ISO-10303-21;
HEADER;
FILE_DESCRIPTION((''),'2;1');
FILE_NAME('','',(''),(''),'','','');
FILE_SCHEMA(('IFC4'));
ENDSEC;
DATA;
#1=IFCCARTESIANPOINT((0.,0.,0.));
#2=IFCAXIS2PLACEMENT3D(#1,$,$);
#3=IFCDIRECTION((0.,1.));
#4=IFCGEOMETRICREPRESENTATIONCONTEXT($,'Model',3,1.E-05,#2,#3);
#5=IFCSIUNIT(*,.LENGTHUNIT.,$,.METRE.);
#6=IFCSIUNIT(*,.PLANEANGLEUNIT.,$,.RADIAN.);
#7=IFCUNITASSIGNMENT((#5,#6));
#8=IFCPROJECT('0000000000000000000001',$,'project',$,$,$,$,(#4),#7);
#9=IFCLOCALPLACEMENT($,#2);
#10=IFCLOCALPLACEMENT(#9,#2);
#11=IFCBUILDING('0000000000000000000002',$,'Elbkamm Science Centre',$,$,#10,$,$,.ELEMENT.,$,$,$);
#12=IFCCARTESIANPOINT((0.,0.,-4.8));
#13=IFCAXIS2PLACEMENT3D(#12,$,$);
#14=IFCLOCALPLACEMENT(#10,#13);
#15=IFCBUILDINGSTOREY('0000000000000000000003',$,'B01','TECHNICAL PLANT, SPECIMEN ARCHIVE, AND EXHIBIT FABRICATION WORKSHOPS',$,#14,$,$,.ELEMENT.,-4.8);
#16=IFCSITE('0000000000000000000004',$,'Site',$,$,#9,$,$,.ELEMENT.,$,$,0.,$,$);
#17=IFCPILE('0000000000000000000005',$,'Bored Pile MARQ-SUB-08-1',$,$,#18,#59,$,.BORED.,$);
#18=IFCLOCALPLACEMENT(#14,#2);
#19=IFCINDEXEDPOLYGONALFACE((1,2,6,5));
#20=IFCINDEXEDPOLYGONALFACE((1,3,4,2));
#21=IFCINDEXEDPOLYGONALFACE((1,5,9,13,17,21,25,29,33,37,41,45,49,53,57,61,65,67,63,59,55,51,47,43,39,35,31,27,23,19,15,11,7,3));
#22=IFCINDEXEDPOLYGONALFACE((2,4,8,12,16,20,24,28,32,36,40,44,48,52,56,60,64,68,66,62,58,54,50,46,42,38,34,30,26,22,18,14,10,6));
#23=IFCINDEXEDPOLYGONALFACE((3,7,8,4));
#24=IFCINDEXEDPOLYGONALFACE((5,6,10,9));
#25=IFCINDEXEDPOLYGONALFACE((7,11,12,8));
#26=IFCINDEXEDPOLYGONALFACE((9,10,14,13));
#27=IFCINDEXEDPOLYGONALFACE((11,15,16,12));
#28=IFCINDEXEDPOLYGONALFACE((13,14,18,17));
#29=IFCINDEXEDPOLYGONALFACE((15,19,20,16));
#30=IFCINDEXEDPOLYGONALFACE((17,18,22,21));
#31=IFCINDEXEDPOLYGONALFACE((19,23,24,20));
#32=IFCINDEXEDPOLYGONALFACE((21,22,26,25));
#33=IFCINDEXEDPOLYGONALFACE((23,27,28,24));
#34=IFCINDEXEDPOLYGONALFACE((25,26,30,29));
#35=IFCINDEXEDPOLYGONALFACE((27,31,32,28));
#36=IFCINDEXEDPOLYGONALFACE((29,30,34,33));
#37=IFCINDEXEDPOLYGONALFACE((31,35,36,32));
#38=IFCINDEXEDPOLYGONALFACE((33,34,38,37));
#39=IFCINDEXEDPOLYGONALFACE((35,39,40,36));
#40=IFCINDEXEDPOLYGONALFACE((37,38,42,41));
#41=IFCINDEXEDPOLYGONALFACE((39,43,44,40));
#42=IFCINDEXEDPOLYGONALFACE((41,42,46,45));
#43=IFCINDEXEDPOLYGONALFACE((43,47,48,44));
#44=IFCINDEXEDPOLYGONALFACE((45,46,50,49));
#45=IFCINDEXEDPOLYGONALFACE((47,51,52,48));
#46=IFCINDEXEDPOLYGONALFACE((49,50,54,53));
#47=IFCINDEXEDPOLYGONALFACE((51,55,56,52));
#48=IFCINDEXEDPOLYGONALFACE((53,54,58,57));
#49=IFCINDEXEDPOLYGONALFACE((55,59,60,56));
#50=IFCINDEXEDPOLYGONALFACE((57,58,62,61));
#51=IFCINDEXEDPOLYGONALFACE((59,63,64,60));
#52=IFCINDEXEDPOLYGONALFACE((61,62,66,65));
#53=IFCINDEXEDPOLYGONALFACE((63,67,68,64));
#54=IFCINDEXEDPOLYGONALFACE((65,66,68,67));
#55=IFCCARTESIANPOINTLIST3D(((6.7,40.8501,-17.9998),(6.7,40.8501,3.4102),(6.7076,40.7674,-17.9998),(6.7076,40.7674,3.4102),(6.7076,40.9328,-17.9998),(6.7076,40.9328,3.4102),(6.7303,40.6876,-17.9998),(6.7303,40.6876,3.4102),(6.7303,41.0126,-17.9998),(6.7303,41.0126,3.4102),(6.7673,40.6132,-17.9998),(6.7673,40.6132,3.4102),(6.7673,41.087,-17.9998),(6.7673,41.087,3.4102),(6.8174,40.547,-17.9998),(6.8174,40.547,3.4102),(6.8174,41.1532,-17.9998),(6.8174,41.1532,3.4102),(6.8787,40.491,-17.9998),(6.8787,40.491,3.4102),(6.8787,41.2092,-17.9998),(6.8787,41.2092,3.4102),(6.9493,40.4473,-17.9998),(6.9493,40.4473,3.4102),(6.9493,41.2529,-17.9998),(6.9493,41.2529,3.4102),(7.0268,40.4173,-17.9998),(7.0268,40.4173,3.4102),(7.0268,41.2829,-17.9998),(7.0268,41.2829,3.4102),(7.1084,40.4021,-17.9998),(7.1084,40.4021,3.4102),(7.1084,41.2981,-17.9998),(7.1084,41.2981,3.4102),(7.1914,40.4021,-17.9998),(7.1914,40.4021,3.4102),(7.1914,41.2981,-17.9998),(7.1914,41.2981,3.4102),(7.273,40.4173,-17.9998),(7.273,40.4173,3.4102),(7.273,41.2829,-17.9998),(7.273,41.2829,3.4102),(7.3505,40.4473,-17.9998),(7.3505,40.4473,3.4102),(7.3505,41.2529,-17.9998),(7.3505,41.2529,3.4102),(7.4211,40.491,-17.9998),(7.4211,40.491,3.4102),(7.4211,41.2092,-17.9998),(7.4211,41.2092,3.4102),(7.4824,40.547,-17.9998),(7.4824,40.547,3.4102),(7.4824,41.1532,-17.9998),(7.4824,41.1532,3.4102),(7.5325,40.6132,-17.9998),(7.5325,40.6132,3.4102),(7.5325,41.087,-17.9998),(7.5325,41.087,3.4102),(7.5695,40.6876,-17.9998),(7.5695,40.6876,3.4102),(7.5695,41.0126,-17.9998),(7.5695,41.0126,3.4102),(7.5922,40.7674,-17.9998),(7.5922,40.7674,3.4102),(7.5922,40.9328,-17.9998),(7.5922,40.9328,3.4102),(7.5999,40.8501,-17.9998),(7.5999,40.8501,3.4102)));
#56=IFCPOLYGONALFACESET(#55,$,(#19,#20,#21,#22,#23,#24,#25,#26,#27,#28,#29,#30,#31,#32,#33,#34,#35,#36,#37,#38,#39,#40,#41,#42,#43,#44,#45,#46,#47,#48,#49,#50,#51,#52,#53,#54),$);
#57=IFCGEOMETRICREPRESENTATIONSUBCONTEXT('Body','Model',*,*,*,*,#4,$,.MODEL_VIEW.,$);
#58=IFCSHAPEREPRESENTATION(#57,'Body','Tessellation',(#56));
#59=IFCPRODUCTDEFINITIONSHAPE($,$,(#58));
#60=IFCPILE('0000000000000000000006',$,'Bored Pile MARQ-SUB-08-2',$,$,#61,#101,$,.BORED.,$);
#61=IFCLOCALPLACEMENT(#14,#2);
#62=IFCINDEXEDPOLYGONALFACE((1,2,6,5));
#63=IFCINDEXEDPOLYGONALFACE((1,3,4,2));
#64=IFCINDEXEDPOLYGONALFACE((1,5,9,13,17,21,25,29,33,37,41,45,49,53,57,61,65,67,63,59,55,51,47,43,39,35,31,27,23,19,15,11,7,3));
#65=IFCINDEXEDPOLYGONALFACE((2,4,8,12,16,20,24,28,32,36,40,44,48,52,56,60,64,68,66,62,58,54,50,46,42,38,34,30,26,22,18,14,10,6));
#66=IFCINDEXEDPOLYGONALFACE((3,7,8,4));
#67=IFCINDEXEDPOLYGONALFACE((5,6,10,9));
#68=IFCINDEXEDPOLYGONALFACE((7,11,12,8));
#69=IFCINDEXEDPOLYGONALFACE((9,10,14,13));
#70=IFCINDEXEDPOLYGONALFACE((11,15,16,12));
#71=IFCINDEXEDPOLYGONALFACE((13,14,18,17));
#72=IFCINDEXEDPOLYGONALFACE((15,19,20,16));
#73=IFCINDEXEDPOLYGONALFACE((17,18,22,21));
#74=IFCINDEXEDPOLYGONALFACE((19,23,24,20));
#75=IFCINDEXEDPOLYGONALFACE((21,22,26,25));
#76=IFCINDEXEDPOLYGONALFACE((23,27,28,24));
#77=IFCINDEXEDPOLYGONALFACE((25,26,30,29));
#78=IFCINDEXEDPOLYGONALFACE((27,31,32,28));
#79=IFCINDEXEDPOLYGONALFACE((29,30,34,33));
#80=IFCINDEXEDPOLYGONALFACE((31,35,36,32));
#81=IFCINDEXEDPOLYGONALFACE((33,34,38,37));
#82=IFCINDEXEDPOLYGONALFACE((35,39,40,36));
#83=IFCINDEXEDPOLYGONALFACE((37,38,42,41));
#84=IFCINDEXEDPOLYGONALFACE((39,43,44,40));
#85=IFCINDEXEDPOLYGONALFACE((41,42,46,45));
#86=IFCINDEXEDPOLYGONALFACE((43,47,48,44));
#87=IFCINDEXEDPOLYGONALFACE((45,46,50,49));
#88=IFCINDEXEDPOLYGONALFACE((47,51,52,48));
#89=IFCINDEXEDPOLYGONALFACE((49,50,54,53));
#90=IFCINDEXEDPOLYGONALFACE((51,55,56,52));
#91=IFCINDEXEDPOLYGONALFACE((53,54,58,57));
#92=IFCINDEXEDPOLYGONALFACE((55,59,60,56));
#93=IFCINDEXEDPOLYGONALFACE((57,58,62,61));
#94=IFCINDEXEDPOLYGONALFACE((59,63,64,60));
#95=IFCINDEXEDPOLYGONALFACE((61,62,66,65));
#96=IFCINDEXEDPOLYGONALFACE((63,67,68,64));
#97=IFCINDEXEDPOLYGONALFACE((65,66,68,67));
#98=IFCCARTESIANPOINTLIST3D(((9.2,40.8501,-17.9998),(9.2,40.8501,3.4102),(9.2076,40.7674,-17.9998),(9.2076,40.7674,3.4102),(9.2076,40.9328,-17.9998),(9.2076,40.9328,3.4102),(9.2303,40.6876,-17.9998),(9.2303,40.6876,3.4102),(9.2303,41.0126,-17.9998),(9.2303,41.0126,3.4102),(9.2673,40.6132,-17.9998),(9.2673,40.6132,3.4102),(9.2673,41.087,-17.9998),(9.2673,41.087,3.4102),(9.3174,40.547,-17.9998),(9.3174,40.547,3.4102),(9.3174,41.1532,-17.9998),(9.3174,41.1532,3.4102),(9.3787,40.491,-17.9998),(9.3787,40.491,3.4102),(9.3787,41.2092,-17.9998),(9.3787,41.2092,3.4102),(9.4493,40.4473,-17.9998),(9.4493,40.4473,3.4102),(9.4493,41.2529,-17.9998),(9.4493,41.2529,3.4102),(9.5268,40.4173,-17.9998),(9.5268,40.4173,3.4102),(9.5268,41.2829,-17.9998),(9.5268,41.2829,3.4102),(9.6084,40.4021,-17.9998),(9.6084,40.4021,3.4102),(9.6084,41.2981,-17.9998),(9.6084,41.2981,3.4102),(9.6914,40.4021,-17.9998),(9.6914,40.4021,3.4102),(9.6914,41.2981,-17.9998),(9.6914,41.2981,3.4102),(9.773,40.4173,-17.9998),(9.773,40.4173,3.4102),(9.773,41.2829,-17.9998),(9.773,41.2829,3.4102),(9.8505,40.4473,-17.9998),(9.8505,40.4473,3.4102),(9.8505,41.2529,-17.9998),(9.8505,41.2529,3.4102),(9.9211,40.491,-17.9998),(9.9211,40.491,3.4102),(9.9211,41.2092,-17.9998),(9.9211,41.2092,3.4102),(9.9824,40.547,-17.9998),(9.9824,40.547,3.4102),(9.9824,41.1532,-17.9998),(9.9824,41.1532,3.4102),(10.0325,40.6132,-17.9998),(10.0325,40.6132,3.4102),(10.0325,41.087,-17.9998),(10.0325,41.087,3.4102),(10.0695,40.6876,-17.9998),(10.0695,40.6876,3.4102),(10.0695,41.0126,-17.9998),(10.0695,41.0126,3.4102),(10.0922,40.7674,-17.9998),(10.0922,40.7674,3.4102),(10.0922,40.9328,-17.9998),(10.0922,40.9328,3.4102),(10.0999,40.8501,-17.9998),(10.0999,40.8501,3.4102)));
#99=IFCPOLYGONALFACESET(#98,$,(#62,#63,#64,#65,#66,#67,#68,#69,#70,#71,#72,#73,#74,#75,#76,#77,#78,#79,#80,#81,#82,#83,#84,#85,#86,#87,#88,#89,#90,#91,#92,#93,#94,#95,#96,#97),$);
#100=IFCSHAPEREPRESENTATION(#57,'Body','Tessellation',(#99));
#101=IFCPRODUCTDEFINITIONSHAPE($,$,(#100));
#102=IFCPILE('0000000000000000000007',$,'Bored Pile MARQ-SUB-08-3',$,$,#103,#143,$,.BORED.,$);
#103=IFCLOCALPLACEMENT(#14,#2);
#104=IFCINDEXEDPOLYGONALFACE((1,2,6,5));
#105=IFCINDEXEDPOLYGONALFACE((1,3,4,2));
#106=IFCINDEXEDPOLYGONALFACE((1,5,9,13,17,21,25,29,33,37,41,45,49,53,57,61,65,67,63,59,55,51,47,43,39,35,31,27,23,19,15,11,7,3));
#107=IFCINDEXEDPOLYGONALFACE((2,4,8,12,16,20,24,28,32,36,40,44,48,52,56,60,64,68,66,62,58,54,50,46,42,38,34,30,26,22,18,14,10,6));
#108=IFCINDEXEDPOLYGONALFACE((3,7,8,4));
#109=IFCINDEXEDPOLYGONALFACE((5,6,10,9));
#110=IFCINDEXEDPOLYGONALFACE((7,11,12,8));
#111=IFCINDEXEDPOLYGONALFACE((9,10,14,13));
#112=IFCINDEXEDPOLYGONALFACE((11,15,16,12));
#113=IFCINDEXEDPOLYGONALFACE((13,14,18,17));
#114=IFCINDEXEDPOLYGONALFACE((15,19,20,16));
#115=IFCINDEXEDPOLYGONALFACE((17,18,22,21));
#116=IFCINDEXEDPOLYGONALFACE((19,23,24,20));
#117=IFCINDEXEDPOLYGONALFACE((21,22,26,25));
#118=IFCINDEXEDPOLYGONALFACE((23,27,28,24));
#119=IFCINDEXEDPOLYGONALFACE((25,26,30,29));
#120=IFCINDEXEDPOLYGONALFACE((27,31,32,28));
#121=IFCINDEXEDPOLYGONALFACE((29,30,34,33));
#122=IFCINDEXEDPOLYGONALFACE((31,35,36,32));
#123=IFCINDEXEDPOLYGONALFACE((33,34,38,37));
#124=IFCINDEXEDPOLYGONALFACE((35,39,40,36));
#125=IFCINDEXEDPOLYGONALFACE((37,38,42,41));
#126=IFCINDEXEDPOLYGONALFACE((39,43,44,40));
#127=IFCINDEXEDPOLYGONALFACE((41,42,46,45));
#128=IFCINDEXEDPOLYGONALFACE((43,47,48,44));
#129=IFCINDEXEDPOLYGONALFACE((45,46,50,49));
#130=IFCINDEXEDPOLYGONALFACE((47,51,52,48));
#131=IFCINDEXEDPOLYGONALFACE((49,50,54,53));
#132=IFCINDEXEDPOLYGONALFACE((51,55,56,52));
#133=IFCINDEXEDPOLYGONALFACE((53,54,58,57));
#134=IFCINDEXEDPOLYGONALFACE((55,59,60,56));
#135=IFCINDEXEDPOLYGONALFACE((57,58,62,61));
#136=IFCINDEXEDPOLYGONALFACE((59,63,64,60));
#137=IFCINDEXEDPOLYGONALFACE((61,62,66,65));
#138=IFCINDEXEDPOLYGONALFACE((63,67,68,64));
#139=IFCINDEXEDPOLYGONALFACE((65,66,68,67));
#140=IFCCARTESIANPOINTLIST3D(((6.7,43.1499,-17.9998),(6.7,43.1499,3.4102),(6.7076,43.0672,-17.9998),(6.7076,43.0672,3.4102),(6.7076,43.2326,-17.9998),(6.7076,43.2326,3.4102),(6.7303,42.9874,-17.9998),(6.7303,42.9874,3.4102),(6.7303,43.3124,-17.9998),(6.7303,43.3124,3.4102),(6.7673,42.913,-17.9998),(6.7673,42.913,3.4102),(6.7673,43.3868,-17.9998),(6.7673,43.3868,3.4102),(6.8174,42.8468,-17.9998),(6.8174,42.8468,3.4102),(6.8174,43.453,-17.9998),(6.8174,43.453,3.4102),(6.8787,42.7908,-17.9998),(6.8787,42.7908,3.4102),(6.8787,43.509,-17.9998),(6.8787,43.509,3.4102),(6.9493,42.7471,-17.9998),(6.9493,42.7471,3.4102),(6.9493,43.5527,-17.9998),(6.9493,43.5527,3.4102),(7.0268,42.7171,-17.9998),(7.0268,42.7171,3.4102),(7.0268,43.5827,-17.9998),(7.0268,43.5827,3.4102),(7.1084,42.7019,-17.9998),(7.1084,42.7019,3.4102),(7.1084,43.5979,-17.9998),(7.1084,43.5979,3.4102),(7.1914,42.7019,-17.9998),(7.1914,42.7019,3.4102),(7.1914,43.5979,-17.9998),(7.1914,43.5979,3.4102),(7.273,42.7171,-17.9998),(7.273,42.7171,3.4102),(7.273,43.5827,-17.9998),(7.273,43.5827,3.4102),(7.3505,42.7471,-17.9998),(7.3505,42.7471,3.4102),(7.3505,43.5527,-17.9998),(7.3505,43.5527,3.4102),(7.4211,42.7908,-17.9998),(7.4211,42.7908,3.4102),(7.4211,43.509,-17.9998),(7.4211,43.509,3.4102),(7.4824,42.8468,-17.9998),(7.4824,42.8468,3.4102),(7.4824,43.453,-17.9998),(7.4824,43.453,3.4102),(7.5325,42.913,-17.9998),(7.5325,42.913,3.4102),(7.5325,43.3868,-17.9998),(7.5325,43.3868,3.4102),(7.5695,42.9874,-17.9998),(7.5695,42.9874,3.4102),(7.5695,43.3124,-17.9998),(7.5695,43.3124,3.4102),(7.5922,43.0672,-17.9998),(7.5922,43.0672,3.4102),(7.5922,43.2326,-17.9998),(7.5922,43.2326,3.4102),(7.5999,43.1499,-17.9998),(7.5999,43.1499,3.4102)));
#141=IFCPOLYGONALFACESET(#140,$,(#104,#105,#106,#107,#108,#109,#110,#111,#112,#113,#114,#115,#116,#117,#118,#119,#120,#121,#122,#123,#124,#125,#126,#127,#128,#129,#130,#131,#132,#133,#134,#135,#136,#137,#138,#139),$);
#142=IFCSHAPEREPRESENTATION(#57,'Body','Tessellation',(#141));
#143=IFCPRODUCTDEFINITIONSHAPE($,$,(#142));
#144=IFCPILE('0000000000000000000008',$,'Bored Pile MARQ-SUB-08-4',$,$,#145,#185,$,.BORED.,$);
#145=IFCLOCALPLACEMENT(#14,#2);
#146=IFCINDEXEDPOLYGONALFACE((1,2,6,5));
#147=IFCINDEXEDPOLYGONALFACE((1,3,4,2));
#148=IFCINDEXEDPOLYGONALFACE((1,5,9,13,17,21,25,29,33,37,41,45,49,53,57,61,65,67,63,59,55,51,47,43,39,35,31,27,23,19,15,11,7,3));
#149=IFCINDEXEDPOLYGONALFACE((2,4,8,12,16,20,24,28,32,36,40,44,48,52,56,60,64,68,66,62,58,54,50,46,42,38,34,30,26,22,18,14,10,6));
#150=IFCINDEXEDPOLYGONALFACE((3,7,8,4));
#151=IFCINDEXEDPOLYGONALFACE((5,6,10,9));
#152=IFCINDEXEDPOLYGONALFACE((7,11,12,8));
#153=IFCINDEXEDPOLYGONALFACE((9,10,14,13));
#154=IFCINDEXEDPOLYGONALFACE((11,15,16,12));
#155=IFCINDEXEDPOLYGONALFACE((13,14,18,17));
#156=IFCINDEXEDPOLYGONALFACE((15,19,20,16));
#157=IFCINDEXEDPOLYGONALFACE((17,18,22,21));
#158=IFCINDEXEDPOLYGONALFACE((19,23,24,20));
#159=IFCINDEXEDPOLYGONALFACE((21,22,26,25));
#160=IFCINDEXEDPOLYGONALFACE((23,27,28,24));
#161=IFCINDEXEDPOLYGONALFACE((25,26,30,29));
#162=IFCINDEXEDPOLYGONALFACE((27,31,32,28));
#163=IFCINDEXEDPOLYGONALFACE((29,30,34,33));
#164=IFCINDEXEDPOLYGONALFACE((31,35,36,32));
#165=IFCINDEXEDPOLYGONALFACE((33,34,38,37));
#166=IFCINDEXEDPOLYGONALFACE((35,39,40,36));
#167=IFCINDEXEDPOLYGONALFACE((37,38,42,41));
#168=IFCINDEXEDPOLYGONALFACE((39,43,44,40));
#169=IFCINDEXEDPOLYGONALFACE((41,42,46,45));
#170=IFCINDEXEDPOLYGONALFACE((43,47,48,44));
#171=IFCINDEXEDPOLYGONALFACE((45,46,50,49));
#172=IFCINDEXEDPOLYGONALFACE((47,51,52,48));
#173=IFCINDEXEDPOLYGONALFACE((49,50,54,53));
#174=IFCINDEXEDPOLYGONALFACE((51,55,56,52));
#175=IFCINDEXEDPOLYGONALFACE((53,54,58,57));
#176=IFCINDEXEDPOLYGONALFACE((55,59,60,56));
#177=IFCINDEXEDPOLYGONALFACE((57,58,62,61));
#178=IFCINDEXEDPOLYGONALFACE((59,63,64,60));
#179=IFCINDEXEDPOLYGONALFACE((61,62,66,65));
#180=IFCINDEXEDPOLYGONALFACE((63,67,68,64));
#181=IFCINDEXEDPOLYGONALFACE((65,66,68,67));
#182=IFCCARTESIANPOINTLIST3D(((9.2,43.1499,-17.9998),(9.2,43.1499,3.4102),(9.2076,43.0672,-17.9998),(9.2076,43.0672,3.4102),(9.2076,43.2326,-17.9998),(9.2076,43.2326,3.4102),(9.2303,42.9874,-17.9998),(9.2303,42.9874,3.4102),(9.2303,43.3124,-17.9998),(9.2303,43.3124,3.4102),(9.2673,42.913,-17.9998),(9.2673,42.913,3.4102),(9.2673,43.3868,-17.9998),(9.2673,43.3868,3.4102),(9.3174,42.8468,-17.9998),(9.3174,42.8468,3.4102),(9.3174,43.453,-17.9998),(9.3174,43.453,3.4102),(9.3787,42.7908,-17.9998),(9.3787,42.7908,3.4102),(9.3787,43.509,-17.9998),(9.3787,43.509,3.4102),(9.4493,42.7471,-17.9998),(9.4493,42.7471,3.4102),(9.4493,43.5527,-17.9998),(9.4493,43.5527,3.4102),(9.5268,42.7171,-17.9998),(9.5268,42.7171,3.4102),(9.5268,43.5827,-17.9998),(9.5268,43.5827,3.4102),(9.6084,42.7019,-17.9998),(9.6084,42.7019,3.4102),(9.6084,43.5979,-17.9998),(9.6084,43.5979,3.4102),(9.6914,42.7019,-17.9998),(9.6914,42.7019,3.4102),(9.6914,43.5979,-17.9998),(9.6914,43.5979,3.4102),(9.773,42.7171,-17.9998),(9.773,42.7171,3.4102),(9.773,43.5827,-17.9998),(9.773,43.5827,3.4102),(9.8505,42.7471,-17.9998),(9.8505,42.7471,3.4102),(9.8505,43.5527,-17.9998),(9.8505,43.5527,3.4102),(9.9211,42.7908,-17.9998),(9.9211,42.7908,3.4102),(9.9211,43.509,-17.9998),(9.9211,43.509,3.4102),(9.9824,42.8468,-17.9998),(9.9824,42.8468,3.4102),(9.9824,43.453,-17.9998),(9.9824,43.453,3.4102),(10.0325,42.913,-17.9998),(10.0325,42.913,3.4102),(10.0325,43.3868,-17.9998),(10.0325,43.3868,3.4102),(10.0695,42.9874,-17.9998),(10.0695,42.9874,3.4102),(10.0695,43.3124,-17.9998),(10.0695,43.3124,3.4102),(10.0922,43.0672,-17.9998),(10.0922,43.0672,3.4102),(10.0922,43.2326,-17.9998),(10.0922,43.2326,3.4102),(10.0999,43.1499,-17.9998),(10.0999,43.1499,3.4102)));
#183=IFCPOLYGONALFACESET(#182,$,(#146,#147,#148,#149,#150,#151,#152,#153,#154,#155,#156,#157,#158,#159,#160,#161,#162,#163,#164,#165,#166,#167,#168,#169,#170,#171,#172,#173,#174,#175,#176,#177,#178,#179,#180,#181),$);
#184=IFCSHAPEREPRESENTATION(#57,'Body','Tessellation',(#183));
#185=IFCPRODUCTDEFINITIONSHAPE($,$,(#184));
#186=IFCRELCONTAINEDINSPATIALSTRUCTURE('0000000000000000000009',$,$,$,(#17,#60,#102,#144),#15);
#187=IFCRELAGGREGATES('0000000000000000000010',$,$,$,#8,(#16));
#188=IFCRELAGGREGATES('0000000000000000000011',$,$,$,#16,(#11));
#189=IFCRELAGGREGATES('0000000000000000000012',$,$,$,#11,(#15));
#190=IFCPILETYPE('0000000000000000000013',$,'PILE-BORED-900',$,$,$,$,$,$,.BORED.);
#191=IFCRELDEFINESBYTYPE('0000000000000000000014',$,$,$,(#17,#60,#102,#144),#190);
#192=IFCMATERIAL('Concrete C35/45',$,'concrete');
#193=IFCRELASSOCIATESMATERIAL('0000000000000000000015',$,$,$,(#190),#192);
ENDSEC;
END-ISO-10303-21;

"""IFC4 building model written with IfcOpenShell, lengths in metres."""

from ifc_helpers import new_model, si_unit, direction, frame, origin, origin_2d, place, context, subcontext, project, spatial, circle, extrude, material, material_profile, profile_set, type_object, element, save


model = new_model("IFC4")

# Units and contexts
model_context = context("Model", 3, precision=1e-05, world=origin(), true_north=direction((0.0, 1.0)))
body_context = subcontext(model_context, "Body", "Model", "MODEL_VIEW")
ifc_project = project(units=[si_unit("LENGTHUNIT", "METRE"), si_unit("PLANEANGLEUNIT", "RADIAN")], contexts=[model_context])

# Site, building, storey
site_placement = place(None, origin())
site = spatial("IfcSite", under=ifc_project, at=site_placement, Name="Site", CompositionType="ELEMENT", RefElevation=0.0)
building_placement = place(site_placement, origin())
building = spatial("IfcBuilding", under=site, at=building_placement, Name="Elbkamm Science Centre", CompositionType="ELEMENT")
storey_placement = place(building_placement, frame((0.0, 0.0, -4.8)))
storey = spatial("IfcBuildingStorey", under=building, at=storey_placement, Name="B01", Description="TECHNICAL PLANT, SPECIMEN ARCHIVE, AND EXHIBIT FABRICATION WORKSHOPS", CompositionType="ELEMENT", Elevation=-4.8)

# Shared definitions
ifc_material_1 = material(Name="Concrete C35/45", Category="concrete")

# Piles
ifc_material_profile_1 = material_profile(ifc_material_1, circle(Radius=0.45, at=origin_2d()), Name="PILE D900")
ifc_profile_set_1 = profile_set([ifc_material_profile_1], Name="Concrete C35/45")
pile_type = type_object("IfcPileType", Name="PILE-BORED-900", PredefinedType="BORED", material=ifc_profile_set_1)
for number, where, z_axis, x_axis, name in (
    (1, (7.1499, 40.8501, 3.4102), (0.0, 0.0, -1.0), (1.0, 0.0, 0.0), "Bored Pile MARQ-SUB-08-1"),
    (2, (9.6499, 40.8501, 3.4102), (0.0, 0.0, -1.0), (1.0, 0.0, 0.0), "Bored Pile MARQ-SUB-08-2"),
    (3, (7.1499, 43.1499, 3.4102), (0.0, 0.0, -1.0), (1.0, 0.0, 0.0), "Bored Pile MARQ-SUB-08-3"),
    (4, (9.6499, 43.1499, 3.4102), (0.0, 0.0, -1.0), (1.0, 0.0, 0.0), "Bored Pile MARQ-SUB-08-4"),
):
    element("IfcPile", number, at=place(storey_placement, frame(where, z_axis=z_axis, x_axis=x_axis)), inside=storey, type_object=pile_type, Name=name, PredefinedType="BORED", context=body_context, shape_type="SweptSolid", body=[
        extrude(circle(Radius=0.45, at=origin_2d()), origin(), (0.0, 0.0, 1.0), 21.4099),
    ])

save(model, "model.ifc")
